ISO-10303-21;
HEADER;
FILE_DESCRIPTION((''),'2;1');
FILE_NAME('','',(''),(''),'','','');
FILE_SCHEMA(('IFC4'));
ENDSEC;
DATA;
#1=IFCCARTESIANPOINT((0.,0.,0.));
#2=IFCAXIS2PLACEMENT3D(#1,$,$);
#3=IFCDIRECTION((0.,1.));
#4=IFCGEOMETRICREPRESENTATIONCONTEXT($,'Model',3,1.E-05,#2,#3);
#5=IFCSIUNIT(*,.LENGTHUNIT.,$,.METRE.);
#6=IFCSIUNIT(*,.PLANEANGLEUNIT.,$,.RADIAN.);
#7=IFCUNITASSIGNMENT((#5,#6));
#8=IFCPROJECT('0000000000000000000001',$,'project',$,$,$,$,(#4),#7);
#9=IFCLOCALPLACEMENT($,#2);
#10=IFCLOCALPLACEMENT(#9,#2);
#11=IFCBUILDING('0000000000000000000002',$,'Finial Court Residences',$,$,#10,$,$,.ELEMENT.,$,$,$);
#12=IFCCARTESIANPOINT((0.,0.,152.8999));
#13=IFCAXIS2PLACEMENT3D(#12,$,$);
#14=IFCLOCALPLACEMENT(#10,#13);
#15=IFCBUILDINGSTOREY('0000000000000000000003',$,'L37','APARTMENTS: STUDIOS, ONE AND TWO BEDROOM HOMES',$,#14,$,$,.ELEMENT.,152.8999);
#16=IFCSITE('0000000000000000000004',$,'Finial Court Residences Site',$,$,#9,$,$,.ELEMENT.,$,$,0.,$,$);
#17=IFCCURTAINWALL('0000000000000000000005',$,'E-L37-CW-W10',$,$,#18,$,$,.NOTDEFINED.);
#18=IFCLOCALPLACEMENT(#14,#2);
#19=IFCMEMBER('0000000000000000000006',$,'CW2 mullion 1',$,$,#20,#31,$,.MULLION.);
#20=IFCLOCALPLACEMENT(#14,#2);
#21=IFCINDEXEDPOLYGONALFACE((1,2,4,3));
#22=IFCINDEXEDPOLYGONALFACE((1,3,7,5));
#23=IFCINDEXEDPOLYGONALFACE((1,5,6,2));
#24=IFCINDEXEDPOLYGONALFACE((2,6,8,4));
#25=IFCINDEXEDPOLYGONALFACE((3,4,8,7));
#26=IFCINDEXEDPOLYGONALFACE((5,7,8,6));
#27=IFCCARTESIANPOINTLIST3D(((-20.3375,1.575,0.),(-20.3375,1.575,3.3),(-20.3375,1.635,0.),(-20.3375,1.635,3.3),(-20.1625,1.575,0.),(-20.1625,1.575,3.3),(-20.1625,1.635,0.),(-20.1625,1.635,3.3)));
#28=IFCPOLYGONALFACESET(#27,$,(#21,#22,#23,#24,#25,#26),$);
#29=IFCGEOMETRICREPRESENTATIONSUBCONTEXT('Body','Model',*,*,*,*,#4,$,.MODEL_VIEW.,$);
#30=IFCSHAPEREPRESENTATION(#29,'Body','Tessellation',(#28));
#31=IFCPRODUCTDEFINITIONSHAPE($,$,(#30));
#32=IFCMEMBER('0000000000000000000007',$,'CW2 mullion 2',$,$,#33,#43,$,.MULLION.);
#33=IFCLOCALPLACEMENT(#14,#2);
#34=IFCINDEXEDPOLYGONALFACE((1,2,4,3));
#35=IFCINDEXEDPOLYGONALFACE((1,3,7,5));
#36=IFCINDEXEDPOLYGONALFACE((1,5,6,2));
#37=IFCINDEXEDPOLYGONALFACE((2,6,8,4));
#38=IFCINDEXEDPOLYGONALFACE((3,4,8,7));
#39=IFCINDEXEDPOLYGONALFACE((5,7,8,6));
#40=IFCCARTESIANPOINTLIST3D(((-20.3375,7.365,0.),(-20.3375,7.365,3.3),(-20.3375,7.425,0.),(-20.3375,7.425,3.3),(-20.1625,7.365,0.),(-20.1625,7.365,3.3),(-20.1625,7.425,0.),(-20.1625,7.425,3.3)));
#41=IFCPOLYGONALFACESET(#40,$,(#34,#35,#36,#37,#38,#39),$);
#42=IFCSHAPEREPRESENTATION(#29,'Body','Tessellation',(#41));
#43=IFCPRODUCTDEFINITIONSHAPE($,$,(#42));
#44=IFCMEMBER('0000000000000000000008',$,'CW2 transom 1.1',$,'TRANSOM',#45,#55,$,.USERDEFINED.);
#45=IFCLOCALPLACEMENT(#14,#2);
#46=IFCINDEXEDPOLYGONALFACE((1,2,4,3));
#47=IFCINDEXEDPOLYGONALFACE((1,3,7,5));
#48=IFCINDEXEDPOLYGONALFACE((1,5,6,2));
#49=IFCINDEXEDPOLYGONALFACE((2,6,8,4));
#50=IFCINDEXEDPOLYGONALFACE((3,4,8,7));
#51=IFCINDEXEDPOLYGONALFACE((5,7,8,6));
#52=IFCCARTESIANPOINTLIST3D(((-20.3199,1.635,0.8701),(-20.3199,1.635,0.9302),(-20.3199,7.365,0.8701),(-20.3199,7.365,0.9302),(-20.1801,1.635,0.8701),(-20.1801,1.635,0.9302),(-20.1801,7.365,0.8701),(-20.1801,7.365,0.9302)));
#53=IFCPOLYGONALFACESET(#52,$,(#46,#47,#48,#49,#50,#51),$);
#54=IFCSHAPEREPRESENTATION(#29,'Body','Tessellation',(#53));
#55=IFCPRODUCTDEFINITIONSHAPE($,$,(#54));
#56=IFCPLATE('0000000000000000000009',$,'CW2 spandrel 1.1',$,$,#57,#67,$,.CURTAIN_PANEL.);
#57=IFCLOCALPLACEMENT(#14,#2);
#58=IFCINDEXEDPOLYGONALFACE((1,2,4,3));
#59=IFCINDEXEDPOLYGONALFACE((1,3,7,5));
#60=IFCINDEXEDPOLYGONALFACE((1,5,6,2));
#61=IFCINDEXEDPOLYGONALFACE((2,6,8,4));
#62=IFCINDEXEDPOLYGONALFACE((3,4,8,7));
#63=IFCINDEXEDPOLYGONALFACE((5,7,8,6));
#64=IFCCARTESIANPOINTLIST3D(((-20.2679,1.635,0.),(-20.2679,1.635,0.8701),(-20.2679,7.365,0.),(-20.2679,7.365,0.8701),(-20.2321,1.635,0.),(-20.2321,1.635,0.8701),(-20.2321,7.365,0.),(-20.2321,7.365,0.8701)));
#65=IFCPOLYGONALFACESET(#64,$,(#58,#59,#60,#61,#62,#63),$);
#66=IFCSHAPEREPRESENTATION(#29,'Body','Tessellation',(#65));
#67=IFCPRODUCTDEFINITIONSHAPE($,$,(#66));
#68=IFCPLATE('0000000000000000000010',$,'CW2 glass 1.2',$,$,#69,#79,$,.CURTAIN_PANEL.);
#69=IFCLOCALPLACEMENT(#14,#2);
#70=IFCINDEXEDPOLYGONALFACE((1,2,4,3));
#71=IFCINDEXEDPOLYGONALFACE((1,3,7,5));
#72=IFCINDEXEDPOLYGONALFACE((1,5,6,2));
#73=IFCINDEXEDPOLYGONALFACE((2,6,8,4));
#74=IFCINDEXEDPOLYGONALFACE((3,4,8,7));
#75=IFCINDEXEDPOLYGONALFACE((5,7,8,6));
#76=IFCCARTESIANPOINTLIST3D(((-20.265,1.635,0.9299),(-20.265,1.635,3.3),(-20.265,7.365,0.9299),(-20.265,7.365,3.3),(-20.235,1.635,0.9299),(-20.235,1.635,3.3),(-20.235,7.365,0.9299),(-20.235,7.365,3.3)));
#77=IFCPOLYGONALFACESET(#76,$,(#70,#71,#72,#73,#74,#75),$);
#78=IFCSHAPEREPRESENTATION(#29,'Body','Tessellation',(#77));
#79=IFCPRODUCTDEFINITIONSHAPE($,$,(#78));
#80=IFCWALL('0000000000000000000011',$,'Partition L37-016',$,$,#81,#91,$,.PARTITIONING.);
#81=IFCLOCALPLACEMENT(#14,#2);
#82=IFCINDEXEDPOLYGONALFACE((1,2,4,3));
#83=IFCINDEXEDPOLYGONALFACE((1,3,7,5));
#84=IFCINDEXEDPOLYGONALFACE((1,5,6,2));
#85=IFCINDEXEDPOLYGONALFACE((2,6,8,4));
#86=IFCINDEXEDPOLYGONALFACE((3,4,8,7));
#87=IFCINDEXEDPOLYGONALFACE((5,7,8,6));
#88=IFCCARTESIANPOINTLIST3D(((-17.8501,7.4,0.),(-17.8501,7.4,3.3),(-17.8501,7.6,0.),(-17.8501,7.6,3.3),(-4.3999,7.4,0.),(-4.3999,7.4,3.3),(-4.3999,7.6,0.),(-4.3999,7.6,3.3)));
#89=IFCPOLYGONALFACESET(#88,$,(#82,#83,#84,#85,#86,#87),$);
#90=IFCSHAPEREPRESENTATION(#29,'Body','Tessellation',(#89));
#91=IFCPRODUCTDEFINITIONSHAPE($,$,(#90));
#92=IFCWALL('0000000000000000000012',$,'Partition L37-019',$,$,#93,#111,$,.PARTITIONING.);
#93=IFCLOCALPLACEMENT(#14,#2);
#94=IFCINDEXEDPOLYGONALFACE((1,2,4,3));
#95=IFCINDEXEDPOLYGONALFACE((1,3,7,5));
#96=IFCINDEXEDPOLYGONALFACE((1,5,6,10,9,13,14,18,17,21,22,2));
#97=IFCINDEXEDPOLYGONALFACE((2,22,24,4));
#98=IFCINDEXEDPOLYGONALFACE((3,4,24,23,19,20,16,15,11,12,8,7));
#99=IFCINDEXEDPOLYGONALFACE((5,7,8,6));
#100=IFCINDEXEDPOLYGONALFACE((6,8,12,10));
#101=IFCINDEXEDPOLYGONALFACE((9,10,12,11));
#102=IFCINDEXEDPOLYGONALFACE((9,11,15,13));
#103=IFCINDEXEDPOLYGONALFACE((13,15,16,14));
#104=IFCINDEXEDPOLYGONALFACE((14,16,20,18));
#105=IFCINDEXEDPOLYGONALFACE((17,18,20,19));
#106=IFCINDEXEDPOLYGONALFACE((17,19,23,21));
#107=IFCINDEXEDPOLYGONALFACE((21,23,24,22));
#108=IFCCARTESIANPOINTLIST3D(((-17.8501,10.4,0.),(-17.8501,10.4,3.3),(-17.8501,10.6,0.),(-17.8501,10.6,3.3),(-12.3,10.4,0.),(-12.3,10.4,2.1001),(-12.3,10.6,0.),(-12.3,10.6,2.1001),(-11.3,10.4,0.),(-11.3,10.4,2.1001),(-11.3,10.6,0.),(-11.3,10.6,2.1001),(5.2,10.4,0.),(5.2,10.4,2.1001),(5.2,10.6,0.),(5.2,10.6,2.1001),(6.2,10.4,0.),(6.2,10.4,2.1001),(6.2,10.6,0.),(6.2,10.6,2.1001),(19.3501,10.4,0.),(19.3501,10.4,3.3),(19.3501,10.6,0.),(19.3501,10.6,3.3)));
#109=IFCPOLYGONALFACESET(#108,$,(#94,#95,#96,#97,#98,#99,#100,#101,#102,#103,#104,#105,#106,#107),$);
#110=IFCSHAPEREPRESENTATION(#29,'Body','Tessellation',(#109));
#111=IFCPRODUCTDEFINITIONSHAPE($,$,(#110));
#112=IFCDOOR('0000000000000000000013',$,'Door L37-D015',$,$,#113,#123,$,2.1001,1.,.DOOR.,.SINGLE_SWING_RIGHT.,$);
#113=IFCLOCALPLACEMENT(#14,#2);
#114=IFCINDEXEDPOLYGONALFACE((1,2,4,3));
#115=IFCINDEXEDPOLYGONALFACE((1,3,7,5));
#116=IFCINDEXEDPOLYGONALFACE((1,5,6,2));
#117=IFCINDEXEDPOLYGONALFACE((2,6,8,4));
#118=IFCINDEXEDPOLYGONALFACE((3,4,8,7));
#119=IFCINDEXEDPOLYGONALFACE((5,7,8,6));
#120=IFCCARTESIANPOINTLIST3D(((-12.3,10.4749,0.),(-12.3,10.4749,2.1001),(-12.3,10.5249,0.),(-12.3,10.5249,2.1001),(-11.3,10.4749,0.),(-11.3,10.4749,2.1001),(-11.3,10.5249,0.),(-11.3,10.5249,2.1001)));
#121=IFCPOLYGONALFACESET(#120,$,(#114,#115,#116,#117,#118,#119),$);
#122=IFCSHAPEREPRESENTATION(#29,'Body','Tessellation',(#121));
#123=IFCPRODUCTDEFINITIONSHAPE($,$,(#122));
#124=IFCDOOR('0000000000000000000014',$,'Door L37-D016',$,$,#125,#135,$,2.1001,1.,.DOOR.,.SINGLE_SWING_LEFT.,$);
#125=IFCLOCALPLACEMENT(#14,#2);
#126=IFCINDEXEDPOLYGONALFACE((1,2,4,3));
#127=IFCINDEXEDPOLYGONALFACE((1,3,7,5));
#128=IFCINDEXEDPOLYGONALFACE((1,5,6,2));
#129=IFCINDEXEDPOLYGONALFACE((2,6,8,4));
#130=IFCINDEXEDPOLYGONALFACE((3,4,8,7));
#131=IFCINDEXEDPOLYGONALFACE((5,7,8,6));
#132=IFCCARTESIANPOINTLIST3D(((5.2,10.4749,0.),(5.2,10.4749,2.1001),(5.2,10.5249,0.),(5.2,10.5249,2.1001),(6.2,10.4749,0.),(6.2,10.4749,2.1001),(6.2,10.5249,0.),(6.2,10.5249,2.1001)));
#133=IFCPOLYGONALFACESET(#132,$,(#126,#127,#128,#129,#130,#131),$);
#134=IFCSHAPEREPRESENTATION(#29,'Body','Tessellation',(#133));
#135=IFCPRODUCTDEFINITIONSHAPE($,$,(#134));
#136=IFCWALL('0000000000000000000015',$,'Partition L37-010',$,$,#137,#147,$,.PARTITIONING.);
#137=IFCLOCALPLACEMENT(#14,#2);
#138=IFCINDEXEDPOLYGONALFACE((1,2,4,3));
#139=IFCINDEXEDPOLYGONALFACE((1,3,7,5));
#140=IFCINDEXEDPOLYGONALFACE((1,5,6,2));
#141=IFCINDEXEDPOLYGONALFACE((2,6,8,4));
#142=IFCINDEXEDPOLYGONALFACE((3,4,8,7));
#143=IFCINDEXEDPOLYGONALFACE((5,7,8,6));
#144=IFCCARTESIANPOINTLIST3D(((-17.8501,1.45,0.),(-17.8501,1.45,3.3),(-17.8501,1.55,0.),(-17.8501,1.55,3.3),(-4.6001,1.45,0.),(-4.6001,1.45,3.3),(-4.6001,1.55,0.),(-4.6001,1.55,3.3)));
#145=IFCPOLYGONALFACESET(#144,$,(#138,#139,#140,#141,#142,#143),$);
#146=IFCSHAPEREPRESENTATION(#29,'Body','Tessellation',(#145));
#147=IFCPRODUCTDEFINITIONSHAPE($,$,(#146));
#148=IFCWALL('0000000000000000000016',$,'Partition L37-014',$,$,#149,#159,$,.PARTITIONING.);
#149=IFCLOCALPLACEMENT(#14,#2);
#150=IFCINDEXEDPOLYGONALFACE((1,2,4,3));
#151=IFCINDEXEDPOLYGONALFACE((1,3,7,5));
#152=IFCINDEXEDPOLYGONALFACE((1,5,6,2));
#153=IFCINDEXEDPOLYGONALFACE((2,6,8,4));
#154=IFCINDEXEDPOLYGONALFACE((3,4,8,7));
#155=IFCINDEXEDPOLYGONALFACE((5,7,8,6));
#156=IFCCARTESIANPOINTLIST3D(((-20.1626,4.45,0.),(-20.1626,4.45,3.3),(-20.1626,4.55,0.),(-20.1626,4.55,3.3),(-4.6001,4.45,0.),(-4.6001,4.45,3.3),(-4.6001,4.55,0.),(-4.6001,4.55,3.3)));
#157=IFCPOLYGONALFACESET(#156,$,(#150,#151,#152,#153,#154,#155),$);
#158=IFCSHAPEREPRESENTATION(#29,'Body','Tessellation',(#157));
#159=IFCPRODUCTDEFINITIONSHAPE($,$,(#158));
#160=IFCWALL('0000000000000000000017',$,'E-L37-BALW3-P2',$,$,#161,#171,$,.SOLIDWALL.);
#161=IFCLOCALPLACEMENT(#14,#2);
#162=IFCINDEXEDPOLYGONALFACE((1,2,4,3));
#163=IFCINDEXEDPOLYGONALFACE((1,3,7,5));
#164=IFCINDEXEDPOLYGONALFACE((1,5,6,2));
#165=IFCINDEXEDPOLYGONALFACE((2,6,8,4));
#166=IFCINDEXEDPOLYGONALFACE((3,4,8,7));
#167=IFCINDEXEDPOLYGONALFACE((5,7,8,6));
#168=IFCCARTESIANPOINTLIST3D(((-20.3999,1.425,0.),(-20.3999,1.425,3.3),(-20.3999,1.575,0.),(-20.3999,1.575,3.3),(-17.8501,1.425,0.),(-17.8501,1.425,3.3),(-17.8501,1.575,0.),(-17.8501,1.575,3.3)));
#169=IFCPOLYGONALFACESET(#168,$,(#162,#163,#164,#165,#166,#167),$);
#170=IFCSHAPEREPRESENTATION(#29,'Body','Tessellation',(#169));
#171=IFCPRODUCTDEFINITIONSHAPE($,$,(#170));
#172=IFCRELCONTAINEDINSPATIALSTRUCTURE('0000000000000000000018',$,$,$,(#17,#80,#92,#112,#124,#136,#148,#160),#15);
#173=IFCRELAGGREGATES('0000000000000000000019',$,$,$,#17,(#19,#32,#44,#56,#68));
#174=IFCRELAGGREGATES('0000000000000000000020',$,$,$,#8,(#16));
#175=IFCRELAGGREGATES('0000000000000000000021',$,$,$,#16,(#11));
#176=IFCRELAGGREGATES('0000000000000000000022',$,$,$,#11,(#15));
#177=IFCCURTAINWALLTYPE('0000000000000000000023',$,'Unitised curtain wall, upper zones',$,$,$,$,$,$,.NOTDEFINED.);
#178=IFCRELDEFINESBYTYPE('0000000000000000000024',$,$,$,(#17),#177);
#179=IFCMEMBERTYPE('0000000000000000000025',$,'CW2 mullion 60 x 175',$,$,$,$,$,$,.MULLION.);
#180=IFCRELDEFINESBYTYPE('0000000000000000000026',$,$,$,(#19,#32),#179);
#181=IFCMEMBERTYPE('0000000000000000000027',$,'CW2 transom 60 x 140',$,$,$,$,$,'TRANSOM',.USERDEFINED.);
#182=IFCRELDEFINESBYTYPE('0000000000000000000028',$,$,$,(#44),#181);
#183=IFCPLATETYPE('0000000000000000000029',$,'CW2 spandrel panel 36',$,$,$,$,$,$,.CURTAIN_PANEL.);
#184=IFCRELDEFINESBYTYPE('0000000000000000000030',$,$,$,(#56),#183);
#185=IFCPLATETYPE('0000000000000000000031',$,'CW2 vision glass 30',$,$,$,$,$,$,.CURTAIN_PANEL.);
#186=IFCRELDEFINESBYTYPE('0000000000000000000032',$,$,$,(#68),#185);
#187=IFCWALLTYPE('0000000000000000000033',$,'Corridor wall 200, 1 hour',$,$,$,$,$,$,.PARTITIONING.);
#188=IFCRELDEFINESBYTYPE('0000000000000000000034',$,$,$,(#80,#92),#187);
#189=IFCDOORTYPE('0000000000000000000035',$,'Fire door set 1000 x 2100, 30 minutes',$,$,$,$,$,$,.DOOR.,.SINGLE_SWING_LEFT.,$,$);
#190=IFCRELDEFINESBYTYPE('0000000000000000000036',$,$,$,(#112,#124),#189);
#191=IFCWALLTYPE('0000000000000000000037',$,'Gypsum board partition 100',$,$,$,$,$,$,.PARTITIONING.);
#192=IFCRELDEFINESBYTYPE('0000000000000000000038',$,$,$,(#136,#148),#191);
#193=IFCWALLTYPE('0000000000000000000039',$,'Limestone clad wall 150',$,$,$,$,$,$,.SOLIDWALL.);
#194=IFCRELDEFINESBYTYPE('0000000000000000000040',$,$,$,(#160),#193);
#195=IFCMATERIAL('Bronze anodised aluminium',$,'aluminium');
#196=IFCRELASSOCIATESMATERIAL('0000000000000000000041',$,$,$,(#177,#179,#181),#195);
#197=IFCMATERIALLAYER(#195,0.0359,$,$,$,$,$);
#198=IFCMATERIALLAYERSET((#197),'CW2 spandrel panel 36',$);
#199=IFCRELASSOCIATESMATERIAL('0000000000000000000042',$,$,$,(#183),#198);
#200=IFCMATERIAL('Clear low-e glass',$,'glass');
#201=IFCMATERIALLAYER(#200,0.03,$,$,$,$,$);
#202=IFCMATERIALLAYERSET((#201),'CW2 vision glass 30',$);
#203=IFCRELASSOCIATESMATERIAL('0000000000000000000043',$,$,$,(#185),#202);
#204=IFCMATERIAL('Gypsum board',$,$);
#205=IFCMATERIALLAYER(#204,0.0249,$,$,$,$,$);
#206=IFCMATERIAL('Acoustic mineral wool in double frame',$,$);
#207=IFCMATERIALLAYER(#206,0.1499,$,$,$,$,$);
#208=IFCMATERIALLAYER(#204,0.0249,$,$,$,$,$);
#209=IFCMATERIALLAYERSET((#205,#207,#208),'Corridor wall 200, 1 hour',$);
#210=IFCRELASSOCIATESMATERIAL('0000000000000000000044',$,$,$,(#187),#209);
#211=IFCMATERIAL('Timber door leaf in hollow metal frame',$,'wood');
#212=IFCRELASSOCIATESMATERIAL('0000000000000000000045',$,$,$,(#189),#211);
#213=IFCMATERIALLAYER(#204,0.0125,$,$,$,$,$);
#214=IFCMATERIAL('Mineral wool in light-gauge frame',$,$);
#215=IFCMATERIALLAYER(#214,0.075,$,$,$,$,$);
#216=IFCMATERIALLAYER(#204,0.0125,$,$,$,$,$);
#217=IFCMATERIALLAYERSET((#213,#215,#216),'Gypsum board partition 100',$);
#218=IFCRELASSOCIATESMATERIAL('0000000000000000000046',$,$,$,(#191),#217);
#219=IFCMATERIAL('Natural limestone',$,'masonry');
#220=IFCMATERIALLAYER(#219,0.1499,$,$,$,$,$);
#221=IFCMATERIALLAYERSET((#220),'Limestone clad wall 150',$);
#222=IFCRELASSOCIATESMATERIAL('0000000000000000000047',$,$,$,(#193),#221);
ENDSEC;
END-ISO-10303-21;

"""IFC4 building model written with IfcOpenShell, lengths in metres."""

from ifc_helpers import new_model, si_unit, direction, frame, frame_2d, origin, origin_2d, place, context, subcontext, project, spatial, rectangle, extrude, material, layer, layer_set, material_profile, profile_set, type_object, element, fill, aggregate, save


model = new_model("IFC4")

# Units and contexts
model_context = context("Model", 3, precision=1e-05, world=origin(), true_north=direction((0.0, 1.0)))
body_context = subcontext(model_context, "Body", "Model", "MODEL_VIEW")
ifc_project = project(units=[si_unit("LENGTHUNIT", "METRE"), si_unit("PLANEANGLEUNIT", "RADIAN")], contexts=[model_context])

# Site, building, storey
site_placement = place(None, origin())
site = spatial("IfcSite", under=ifc_project, at=site_placement, Name="Finial Court Residences Site", CompositionType="ELEMENT", RefElevation=0.0)
building_placement = place(site_placement, origin())
building = spatial("IfcBuilding", under=site, at=building_placement, Name="Finial Court Residences", CompositionType="ELEMENT")
storey_placement = place(building_placement, frame((0.0, 0.0, 152.8999)))
storey = spatial("IfcBuildingStorey", under=building, at=storey_placement, Name="L37", Description="APARTMENTS: STUDIOS, ONE AND TWO BEDROOM HOMES", CompositionType="ELEMENT", Elevation=152.8999)

# Curtain wall, members, plates
ifc_material_1 = material(Name="Bronze anodised aluminium", Category="aluminium")
curtain_wall_type = type_object("IfcCurtainWallType", Name="Unitised curtain wall, upper zones", PredefinedType="NOTDEFINED", material=ifc_material_1)
curtain_wall_placement = place(storey_placement, origin())
curtain_wall = element("IfcCurtainWall", 1, at=curtain_wall_placement, inside=storey, type_object=curtain_wall_type, Name="E-L37-CW-W10", PredefinedType="NOTDEFINED")
ifc_material_profile_1 = material_profile(ifc_material_1, rectangle(XDim=0.175, YDim=0.0601, at=origin_2d()), Name="CW2 mullion 60 x 175")
ifc_profile_set_1 = profile_set([ifc_material_profile_1], Name="Bronze anodised aluminium")
member_type_1 = type_object("IfcMemberType", Name="CW2 mullion 60 x 175", PredefinedType="MULLION", material=ifc_profile_set_1)
member_1_placement = place(storey_placement, frame((-20.25, 1.605, 0.0), z_axis=(0.0, 0.0, 1.0), x_axis=(-1.0, 0.0, 0.0)))
member_1 = element("IfcMember", 2, at=member_1_placement, type_object=member_type_1, Name="CW2 mullion 1", PredefinedType="MULLION", context=body_context, shape_type="SweptSolid", body=[
    extrude(rectangle(XDim=0.175, YDim=0.0601, at=origin_2d()), origin(), (0.0, 0.0, 1.0), 3.3),
])
member_2_placement = place(storey_placement, frame((-20.25, 7.395, 0.0), z_axis=(0.0, 0.0, 1.0), x_axis=(-1.0, 0.0, 0.0)))
member_2 = element("IfcMember", 3, at=member_2_placement, type_object=member_type_1, Name="CW2 mullion 2", PredefinedType="MULLION", context=body_context, shape_type="SweptSolid", body=[
    extrude(rectangle(XDim=0.175, YDim=0.0601, at=origin_2d()), origin(), (0.0, 0.0, 1.0), 3.3),
])
ifc_material_profile_2 = material_profile(ifc_material_1, rectangle(XDim=0.1399, YDim=0.0601, at=origin_2d()), Name="CW2 transom 60 x 140")
ifc_profile_set_2 = profile_set([ifc_material_profile_2], Name="Bronze anodised aluminium")
member_type_2 = type_object("IfcMemberType", Name="CW2 transom 60 x 140", ElementType="TRANSOM", PredefinedType="USERDEFINED", material=ifc_profile_set_2)
member_3_placement = place(storey_placement, frame((-20.25, 1.635, 0.9001), z_axis=(0.0, 1.0, 0.0), x_axis=(-1.0, 0.0, 0.0)))
member_3 = element("IfcMember", 4, at=member_3_placement, type_object=member_type_2, Name="CW2 transom 1.1", ObjectType="TRANSOM", PredefinedType="USERDEFINED", context=body_context, shape_type="SweptSolid", body=[
    extrude(rectangle(XDim=0.1399, YDim=0.0601, at=origin_2d()), origin(), (0.0, 0.0, 1.0), 5.73),
])
ifc_layer_1 = layer(ifc_material_1, 0.0359)
ifc_layer_set_1 = layer_set([ifc_layer_1], Name="CW2 spandrel panel 36")
plate_type_1 = type_object("IfcPlateType", Name="CW2 spandrel panel 36", PredefinedType="CURTAIN_PANEL", material=ifc_layer_set_1)
plate_1_placement = place(storey_placement, frame((-20.25, 4.5, 0.0), z_axis=(0.0, 0.0, 1.0), x_axis=(0.0, 1.0, 0.0)))
plate_1 = element("IfcPlate", 5, at=plate_1_placement, type_object=plate_type_1, Name="CW2 spandrel 1.1", PredefinedType="CURTAIN_PANEL", context=body_context, shape_type="SweptSolid", body=[
    extrude(rectangle(XDim=5.73, YDim=0.0359, at=origin_2d()), origin(), (0.0, 0.0, 1.0), 0.8701),
])
ifc_material_2 = material(Name="Clear low-e glass", Category="glass")
ifc_layer_2 = layer(ifc_material_2, 0.03)
ifc_layer_set_2 = layer_set([ifc_layer_2], Name="CW2 vision glass 30")
plate_type_2 = type_object("IfcPlateType", Name="CW2 vision glass 30", PredefinedType="CURTAIN_PANEL", material=ifc_layer_set_2)
plate_2_placement = place(storey_placement, frame((-20.25, 4.5, 0.9299), z_axis=(0.0, 0.0, 1.0), x_axis=(0.0, 1.0, 0.0)))
plate_2 = element("IfcPlate", 6, at=plate_2_placement, type_object=plate_type_2, Name="CW2 glass 1.2", PredefinedType="CURTAIN_PANEL", context=body_context, shape_type="SweptSolid", body=[
    extrude(rectangle(XDim=5.73, YDim=0.03, at=origin_2d()), origin(), (0.0, 0.0, 1.0), 2.3701),
])
aggregate(curtain_wall, [member_1, member_2, member_3, plate_1, plate_2])

# Wall
ifc_material_3 = material(Name="Gypsum board")
ifc_layer_3 = layer(ifc_material_3, 0.0249)
ifc_material_4 = material(Name="Acoustic mineral wool in double frame")
ifc_layer_4 = layer(ifc_material_4, 0.1499)
ifc_layer_5 = layer(ifc_material_3, 0.0249)
ifc_layer_set_3 = layer_set([ifc_layer_3, ifc_layer_4, ifc_layer_5], Name="Corridor wall 200, 1 hour")
wall_type_1 = type_object("IfcWallType", Name="Corridor wall 200, 1 hour", PredefinedType="PARTITIONING", material=ifc_layer_set_3)
wall_1_placement = place(storey_placement, frame((-17.8501, 7.5, 0.0), z_axis=(0.0, 0.0, 1.0), x_axis=(1.0, 0.0, 0.0)))
element("IfcWall", 7, at=wall_1_placement, inside=storey, type_object=wall_type_1, Name="Partition L37-016", PredefinedType="PARTITIONING", context=body_context, shape_type="SweptSolid", body=[
    extrude(rectangle(XDim=13.4502, YDim=0.2, at=frame_2d((6.7251, 0.0))), origin(), (0.0, 0.0, 1.0), 3.3),
])

# Wall, openings, doors
wall_2_placement = place(storey_placement, frame((-17.8501, 10.5, 0.0), z_axis=(0.0, 0.0, 1.0), x_axis=(1.0, 0.0, 0.0)))
wall_2 = element("IfcWall", 8, at=wall_2_placement, inside=storey, type_object=wall_type_1, Name="Partition L37-019", PredefinedType="PARTITIONING", context=body_context, shape_type="SweptSolid", body=[
    extrude(rectangle(XDim=37.2002, YDim=0.2, at=frame_2d((18.6001, 0.0))), origin(), (0.0, 0.0, 1.0), 3.3),
])
opening_1_placement = place(wall_2_placement, frame((5.55, 0.0, 0.0)))
opening_1 = element("IfcOpeningElement", 9, at=opening_1_placement, cuts=wall_2, PredefinedType="OPENING", context=body_context, shape_type="SweptSolid", body=[
    extrude(rectangle(XDim=1.0, YDim=2.1001, at=frame_2d((0.5, 1.05))), frame((0.0, 0.1099, 0.0), z_axis=(0.0, -1.0, 0.0), x_axis=(1.0, 0.0, 0.0)), (0.0, 0.0, 1.0), 0.22),
])
opening_2_placement = place(wall_2_placement, frame((23.05, 0.0, 0.0)))
opening_2 = element("IfcOpeningElement", 10, at=opening_2_placement, cuts=wall_2, PredefinedType="OPENING", context=body_context, shape_type="SweptSolid", body=[
    extrude(rectangle(XDim=1.0, YDim=2.1001, at=frame_2d((0.5, 1.05))), frame((0.0, 0.1099, 0.0), z_axis=(0.0, -1.0, 0.0), x_axis=(1.0, 0.0, 0.0)), (0.0, 0.0, 1.0), 0.22),
])
ifc_material_5 = material(Name="Timber door leaf in hollow metal frame", Category="wood")
door_type_1 = type_object("IfcDoorType", Name="Fire door set 1000 x 2100, 30 minutes", OperationType="SINGLE_SWING_LEFT", PredefinedType="DOOR", material=ifc_material_5)
door_1_placement = place(opening_1_placement, origin())
door_1 = element("IfcDoor", 11, at=door_1_placement, inside=storey, type_object=door_type_1, Name="Door L37-D015", OperationType="SINGLE_SWING_RIGHT", OverallHeight=2.1001, OverallWidth=1.0, PredefinedType="DOOR", context=body_context, shape_type="SweptSolid", body=[
    extrude(rectangle(XDim=1.0, YDim=2.1001, at=frame_2d((0.5, 1.05))), frame((0.0, 0.0249, 0.0), z_axis=(0.0, -1.0, 0.0), x_axis=(1.0, 0.0, 0.0)), (0.0, 0.0, 1.0), 0.05),
])
fill(opening_1, door_1)
door_2_placement = place(opening_2_placement, origin())
door_2 = element("IfcDoor", 12, at=door_2_placement, inside=storey, type_object=door_type_1, Name="Door L37-D016", OperationType="SINGLE_SWING_LEFT", OverallHeight=2.1001, OverallWidth=1.0, PredefinedType="DOOR", context=body_context, shape_type="SweptSolid", body=[
    extrude(rectangle(XDim=1.0, YDim=2.1001, at=frame_2d((0.5, 1.05))), frame((0.0, 0.0249, 0.0), z_axis=(0.0, -1.0, 0.0), x_axis=(1.0, 0.0, 0.0)), (0.0, 0.0, 1.0), 0.05),
])
fill(opening_2, door_2)

# Walls
ifc_layer_6 = layer(ifc_material_3, 0.0125)
ifc_material_6 = material(Name="Mineral wool in light-gauge frame")
ifc_layer_7 = layer(ifc_material_6, 0.075)
ifc_layer_8 = layer(ifc_material_3, 0.0125)
ifc_layer_set_4 = layer_set([ifc_layer_6, ifc_layer_7, ifc_layer_8], Name="Gypsum board partition 100")
wall_type_2 = type_object("IfcWallType", Name="Gypsum board partition 100", PredefinedType="PARTITIONING", material=ifc_layer_set_4)
wall_3_placement = place(storey_placement, frame((-17.8501, 1.5, 0.0), z_axis=(0.0, 0.0, 1.0), x_axis=(1.0, 0.0, 0.0)))
element("IfcWall", 13, at=wall_3_placement, inside=storey, type_object=wall_type_2, Name="Partition L37-010", PredefinedType="PARTITIONING", context=body_context, shape_type="SweptSolid", body=[
    extrude(rectangle(XDim=13.25, YDim=0.1001, at=frame_2d((6.625, 0.0))), origin(), (0.0, 0.0, 1.0), 3.3),
])
wall_4_placement = place(storey_placement, frame((-20.1626, 4.5, 0.0), z_axis=(0.0, 0.0, 1.0), x_axis=(1.0, 0.0, 0.0)))
element("IfcWall", 14, at=wall_4_placement, inside=storey, type_object=wall_type_2, Name="Partition L37-014", PredefinedType="PARTITIONING", context=body_context, shape_type="SweptSolid", body=[
    extrude(rectangle(XDim=15.5625, YDim=0.1001, at=frame_2d((7.7812, 0.0))), origin(), (0.0, 0.0, 1.0), 3.3),
])
ifc_material_7 = material(Name="Natural limestone", Category="masonry")
ifc_layer_9 = layer(ifc_material_7, 0.1499)
ifc_layer_set_5 = layer_set([ifc_layer_9], Name="Limestone clad wall 150")
wall_type_3 = type_object("IfcWallType", Name="Limestone clad wall 150", PredefinedType="SOLIDWALL", material=ifc_layer_set_5)
for number, where, z_axis, x_axis, name in (
    (15, (-17.8501, 1.5, 0.0), (0.0, 0.0, 1.0), (-1.0, 0.0, 0.0), "E-L37-BALW3-P2"),
):
    element("IfcWall", number, at=place(storey_placement, frame(where, z_axis=z_axis, x_axis=x_axis)), inside=storey, type_object=wall_type_3, Name=name, PredefinedType="SOLIDWALL", context=body_context, shape_type="SweptSolid", body=[
        extrude(rectangle(XDim=2.5498, YDim=0.1499, at=frame_2d((1.2749, 0.0))), origin(), (0.0, 0.0, 1.0), 3.3),
    ])

save(model, "model.ifc")
